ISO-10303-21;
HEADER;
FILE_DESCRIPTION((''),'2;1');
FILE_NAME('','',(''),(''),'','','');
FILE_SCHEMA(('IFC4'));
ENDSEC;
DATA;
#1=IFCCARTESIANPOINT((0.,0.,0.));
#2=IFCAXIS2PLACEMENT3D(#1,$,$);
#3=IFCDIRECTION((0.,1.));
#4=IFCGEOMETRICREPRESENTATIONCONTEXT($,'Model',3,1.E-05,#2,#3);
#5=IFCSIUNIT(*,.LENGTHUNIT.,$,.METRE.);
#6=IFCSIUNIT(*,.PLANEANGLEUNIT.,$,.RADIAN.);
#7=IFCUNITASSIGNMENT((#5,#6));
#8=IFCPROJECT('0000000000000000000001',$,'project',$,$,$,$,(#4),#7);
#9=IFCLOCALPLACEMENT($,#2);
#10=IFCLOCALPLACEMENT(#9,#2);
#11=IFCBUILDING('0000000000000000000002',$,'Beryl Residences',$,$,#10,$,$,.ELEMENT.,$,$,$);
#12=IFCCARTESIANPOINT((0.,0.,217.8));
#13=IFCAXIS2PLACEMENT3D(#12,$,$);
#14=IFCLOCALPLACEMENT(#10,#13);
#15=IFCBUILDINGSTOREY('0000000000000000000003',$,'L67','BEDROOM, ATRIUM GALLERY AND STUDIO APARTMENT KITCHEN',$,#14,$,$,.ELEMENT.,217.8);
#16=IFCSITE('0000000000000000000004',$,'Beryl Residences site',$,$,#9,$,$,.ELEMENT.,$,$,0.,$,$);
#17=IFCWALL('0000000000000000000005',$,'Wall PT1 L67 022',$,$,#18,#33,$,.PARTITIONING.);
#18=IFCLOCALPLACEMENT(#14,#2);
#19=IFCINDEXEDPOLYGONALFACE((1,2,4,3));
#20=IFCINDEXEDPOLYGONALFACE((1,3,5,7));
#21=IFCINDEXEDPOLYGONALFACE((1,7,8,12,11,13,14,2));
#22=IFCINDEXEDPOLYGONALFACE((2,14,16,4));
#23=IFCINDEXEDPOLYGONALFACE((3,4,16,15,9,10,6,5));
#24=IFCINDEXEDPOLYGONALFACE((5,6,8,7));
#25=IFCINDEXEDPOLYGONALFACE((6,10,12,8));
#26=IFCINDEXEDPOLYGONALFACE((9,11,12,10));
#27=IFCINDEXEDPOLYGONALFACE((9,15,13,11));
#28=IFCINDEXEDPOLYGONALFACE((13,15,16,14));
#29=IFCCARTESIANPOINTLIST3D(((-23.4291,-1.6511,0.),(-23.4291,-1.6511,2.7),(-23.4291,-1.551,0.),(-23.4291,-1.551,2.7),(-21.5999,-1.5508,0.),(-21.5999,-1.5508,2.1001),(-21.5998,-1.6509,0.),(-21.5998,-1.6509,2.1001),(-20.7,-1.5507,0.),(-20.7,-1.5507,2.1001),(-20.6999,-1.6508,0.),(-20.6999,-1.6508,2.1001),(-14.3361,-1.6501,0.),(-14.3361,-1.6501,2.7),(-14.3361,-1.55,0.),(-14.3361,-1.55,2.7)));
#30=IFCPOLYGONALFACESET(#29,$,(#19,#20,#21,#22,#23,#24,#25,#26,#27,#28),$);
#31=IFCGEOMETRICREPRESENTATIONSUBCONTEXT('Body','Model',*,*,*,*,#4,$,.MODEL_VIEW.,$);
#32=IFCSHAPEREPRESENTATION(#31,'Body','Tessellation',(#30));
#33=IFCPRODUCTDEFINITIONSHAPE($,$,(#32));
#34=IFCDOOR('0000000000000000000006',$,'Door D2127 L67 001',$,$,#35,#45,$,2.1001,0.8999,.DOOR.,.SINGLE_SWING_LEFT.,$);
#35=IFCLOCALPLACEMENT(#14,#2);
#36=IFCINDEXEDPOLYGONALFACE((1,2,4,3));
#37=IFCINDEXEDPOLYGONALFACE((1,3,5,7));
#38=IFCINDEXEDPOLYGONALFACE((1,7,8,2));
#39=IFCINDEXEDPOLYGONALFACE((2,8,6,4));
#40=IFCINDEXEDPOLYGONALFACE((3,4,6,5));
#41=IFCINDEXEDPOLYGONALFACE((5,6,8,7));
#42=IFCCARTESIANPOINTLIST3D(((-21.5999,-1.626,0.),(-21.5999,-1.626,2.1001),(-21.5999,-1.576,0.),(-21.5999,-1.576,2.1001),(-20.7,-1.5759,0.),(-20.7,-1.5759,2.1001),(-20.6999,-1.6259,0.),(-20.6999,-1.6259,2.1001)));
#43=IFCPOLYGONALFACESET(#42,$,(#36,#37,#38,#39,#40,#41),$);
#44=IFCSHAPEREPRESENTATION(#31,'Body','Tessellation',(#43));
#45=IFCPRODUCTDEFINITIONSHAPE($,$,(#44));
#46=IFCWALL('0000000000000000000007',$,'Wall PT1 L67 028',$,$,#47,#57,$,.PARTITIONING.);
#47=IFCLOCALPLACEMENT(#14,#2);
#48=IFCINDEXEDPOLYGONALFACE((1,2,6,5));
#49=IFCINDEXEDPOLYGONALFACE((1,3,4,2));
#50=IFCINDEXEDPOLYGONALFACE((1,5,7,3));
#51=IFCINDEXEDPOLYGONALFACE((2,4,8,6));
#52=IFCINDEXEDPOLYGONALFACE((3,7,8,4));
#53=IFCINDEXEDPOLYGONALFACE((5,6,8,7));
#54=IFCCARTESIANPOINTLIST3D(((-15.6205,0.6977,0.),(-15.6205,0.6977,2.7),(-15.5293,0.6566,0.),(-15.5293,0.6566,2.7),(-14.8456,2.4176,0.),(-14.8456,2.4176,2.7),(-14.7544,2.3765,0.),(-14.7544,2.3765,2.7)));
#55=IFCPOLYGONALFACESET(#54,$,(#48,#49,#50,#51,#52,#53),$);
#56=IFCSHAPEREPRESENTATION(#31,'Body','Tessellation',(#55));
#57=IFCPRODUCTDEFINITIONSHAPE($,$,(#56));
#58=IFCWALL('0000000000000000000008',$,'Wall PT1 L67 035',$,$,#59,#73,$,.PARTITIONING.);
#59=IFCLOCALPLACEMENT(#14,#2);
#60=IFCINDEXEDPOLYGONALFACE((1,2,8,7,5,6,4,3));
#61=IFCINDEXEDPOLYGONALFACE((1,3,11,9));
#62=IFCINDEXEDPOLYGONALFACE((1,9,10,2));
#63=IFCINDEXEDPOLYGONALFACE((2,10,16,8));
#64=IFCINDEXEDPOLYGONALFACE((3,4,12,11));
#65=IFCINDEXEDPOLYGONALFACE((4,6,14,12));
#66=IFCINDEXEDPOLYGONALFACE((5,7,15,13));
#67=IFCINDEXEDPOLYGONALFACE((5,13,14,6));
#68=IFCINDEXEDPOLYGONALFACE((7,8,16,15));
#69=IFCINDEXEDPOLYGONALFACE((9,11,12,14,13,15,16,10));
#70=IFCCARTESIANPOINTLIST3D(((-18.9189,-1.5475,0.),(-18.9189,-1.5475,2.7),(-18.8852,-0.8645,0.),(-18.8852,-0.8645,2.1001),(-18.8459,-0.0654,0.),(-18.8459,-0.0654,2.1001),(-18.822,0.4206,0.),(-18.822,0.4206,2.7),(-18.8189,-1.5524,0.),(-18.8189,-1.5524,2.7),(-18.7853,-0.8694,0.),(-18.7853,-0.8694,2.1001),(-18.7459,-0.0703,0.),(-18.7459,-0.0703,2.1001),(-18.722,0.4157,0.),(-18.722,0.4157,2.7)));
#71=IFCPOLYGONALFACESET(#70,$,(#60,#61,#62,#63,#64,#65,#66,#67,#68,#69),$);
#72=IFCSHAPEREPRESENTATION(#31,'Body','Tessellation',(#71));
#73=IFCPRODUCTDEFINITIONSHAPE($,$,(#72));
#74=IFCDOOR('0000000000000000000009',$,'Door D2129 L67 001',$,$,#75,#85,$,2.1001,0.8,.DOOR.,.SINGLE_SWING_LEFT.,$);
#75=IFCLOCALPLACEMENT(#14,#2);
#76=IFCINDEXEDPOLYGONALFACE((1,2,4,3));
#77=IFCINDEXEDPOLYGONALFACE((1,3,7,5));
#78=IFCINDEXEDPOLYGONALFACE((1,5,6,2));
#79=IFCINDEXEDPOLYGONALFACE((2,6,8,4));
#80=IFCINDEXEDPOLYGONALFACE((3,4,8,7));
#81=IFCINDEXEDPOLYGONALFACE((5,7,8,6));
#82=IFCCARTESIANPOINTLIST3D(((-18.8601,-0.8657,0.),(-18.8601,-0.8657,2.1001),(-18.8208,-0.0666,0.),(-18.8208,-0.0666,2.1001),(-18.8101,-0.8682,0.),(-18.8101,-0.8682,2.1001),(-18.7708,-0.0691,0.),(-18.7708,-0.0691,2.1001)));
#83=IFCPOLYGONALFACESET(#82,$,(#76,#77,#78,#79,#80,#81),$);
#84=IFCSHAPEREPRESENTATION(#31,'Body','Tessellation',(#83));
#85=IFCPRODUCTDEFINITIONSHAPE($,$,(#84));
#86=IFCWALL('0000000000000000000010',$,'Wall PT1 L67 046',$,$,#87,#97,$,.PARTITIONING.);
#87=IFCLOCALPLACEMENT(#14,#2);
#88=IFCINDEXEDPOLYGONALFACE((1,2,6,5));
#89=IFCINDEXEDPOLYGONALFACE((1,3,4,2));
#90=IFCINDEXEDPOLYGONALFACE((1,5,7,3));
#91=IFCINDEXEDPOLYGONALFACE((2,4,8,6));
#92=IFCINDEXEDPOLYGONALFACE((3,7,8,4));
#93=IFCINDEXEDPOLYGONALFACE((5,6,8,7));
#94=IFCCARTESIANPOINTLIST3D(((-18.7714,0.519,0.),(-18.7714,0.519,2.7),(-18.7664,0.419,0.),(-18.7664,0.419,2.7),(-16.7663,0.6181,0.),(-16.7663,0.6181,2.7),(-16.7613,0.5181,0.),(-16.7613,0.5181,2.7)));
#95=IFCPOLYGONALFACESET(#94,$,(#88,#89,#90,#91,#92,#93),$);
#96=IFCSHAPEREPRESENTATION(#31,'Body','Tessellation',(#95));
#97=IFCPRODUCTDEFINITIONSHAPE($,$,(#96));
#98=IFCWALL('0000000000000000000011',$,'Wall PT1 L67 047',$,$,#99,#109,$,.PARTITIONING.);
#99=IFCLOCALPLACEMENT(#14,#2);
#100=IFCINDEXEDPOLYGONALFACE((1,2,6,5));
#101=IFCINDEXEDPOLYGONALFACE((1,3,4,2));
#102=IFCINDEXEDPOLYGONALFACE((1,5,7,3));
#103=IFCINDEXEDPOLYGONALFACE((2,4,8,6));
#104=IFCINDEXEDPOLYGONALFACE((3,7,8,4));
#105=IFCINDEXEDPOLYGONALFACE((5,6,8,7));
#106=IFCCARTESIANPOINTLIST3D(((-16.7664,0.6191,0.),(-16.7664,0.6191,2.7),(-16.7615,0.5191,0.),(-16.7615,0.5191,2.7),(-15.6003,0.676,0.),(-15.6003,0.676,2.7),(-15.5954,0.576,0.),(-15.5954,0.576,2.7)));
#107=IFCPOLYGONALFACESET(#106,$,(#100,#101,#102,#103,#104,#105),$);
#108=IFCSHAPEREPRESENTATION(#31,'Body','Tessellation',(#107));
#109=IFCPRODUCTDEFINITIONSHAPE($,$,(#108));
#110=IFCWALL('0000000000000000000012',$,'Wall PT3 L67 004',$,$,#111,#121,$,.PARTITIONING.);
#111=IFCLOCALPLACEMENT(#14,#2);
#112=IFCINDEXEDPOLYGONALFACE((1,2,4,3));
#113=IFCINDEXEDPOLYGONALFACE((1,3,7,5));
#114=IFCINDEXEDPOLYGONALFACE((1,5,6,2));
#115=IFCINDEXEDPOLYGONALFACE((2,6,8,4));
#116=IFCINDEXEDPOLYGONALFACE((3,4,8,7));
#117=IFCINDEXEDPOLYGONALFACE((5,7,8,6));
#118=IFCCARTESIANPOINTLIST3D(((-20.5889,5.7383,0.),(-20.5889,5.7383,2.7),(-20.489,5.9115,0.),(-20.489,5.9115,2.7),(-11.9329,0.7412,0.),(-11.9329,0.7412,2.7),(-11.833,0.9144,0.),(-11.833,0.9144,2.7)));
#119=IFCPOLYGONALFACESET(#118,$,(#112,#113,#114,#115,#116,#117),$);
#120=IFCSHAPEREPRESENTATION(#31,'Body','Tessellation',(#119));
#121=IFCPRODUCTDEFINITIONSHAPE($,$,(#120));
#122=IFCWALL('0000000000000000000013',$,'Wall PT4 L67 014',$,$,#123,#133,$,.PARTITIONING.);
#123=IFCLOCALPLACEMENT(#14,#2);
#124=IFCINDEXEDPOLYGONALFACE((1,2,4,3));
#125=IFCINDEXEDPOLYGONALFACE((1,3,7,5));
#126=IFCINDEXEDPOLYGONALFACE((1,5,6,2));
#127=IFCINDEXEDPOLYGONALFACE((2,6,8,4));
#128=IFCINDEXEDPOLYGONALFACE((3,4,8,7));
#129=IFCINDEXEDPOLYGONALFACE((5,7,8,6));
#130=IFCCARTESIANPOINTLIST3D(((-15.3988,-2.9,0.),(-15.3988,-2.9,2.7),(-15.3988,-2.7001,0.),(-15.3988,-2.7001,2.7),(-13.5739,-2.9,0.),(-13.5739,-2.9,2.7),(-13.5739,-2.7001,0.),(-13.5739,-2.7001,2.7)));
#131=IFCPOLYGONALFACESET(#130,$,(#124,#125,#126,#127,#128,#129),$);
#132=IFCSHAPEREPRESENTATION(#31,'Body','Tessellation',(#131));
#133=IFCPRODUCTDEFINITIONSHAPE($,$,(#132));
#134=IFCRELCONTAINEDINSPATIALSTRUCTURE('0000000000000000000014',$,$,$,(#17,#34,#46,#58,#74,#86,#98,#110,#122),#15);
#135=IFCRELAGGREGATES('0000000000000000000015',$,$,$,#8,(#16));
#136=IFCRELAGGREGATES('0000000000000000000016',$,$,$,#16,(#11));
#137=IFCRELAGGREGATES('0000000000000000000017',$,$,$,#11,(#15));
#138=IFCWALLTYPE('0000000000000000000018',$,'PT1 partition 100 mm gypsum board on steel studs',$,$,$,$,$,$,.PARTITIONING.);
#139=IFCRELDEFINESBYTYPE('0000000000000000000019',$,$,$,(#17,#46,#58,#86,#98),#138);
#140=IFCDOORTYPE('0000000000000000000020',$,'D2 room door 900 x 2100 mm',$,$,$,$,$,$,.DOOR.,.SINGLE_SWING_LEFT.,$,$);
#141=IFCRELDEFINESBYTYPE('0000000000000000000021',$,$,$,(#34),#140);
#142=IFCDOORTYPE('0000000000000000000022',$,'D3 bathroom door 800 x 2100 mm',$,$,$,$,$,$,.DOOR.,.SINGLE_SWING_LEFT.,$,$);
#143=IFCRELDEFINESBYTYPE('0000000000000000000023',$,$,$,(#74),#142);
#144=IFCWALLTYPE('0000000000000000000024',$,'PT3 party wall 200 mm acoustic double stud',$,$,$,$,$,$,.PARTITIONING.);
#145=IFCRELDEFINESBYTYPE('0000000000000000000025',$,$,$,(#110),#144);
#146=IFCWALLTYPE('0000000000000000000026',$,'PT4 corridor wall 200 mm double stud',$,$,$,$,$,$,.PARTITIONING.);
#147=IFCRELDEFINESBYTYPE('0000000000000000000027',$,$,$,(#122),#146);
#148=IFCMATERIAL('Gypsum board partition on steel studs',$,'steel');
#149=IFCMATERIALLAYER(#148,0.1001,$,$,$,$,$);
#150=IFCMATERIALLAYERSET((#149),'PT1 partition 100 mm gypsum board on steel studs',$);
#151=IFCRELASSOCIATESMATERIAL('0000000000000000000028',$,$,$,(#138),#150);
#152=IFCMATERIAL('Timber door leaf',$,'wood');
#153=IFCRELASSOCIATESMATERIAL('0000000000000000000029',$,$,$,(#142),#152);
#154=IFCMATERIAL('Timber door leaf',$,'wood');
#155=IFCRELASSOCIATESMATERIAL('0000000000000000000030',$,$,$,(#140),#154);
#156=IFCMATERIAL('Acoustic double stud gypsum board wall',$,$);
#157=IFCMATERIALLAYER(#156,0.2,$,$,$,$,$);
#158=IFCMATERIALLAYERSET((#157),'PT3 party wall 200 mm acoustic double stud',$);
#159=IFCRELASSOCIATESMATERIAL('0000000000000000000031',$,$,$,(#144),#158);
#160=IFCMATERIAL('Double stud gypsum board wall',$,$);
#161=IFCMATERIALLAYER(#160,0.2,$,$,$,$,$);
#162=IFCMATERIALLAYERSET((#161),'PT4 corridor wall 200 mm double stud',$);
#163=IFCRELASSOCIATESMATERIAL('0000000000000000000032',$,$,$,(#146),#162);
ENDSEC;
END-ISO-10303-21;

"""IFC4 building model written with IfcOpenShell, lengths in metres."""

from ifc_helpers import new_model, si_unit, direction, frame, frame_2d, origin, place, context, subcontext, project, spatial, rectangle, extrude, material, layer, layer_set, type_object, element, fill, save


model = new_model("IFC4")

# Units and contexts
model_context = context("Model", 3, precision=1e-05, world=origin(), true_north=direction((0.0, 1.0)))
body_context = subcontext(model_context, "Body", "Model", "MODEL_VIEW")
ifc_project = project(units=[si_unit("LENGTHUNIT", "METRE"), si_unit("PLANEANGLEUNIT", "RADIAN")], contexts=[model_context])

# Site, building, storey
site_placement = place(None, origin())
site = spatial("IfcSite", under=ifc_project, at=site_placement, Name="Beryl Residences site", CompositionType="ELEMENT", RefElevation=0.0)
building_placement = place(site_placement, origin())
building = spatial("IfcBuilding", under=site, at=building_placement, Name="Beryl Residences", CompositionType="ELEMENT")
storey_placement = place(building_placement, frame((0.0, 0.0, 217.8)))
storey = spatial("IfcBuildingStorey", under=building, at=storey_placement, Name="L67", Description="BEDROOM, ATRIUM GALLERY AND STUDIO APARTMENT KITCHEN", CompositionType="ELEMENT", Elevation=217.8)

# Wall, opening, door
ifc_material_1 = material(Name="Gypsum board partition on steel studs", Category="steel")
ifc_layer_1 = layer(ifc_material_1, 0.1001)
ifc_layer_set_1 = layer_set([ifc_layer_1], Name="PT1 partition 100 mm gypsum board on steel studs")
wall_type_1 = type_object("IfcWallType", Name="PT1 partition 100 mm gypsum board on steel studs", PredefinedType="PARTITIONING", material=ifc_layer_set_1)
ifc_material_2 = material(Name="Timber door leaf", Category="wood")
door_type_1 = type_object("IfcDoorType", Name="D3 bathroom door 800 x 2100 mm", OperationType="SINGLE_SWING_LEFT", PredefinedType="DOOR", material=ifc_material_2)
ifc_material_3 = material(Name="Timber door leaf", Category="wood")
door_type_2 = type_object("IfcDoorType", Name="D2 room door 900 x 2100 mm", OperationType="SINGLE_SWING_LEFT", PredefinedType="DOOR", material=ifc_material_3)
wall_1_placement = place(storey_placement, frame((-23.429, -1.6011, 0.0), z_axis=(0.0, 0.0, 1.0), x_axis=(1.0, 0.000107, 0.0)))
wall_1 = element("IfcWall", 1, at=wall_1_placement, inside=storey, type_object=wall_type_1, Name="Wall PT1 L67 022", PredefinedType="PARTITIONING", context=body_context, shape_type="SweptSolid", body=[
    extrude(rectangle(XDim=9.093, YDim=0.1001, at=frame_2d((4.5464, 0.0))), origin(), (0.0, 0.0, 1.0), 2.7),
])
opening_1_placement = place(wall_1_placement, frame((1.8291, 0.0, 0.0)))
opening_1 = element("IfcOpeningElement", 2, at=opening_1_placement, cuts=wall_1, PredefinedType="OPENING", context=body_context, shape_type="SweptSolid", body=[
    extrude(rectangle(XDim=0.8999, YDim=2.1001, at=frame_2d((0.45, 1.05))), frame((0.0, 0.0601, 0.0), z_axis=(0.0, -1.0, 0.0), x_axis=(1.0, 0.0, 0.0)), (0.0, 0.0, 1.0), 0.1201),
])
door_1_placement = place(opening_1_placement, origin())
door_1 = element("IfcDoor", 3, at=door_1_placement, inside=storey, type_object=door_type_2, Name="Door D2127 L67 001", OperationType="SINGLE_SWING_LEFT", OverallHeight=2.1001, OverallWidth=0.8999, PredefinedType="DOOR", context=body_context, shape_type="SweptSolid", body=[
    extrude(rectangle(XDim=0.8999, YDim=2.1001, at=frame_2d((0.45, 1.05))), frame((0.0, 0.0249, 0.0), z_axis=(0.0, -1.0, 0.0), x_axis=(1.0, 0.0, 0.0)), (0.0, 0.0, 1.0), 0.05),
])
fill(opening_1, door_1)

# Wall
wall_2_placement = place(storey_placement, frame((-15.575, 0.677, 0.0), z_axis=(0.0, 0.0, 1.0), x_axis=(0.410768, 0.91174, 0.0)))
element("IfcWall", 4, at=wall_2_placement, inside=storey, type_object=wall_type_1, Name="Wall PT1 L67 028", PredefinedType="PARTITIONING", context=body_context, shape_type="SweptSolid", body=[
    extrude(rectangle(XDim=1.8865, YDim=0.1001, at=frame_2d((0.9434, 0.0))), origin(), (0.0, 0.0, 1.0), 2.7),
])

# Wall, opening, door
wall_3_placement = place(storey_placement, frame((-18.8689, -1.55, 0.0), z_axis=(0.0, 0.0, 1.0), x_axis=(0.04919, 0.998789, 0.0)))
wall_3 = element("IfcWall", 5, at=wall_3_placement, inside=storey, type_object=wall_type_1, Name="Wall PT1 L67 035", PredefinedType="PARTITIONING", context=body_context, shape_type="SweptSolid", body=[
    extrude(rectangle(XDim=1.9705, YDim=0.1001, at=frame_2d((0.9854, 0.0))), origin(), (0.0, 0.0, 1.0), 2.7),
])
opening_2_placement = place(wall_3_placement, frame((0.6841, 0.0, 0.0)))
opening_2 = element("IfcOpeningElement", 6, at=opening_2_placement, cuts=wall_3, PredefinedType="OPENING", context=body_context, shape_type="SweptSolid", body=[
    extrude(rectangle(XDim=0.8, YDim=2.1001, at=frame_2d((0.3999, 1.05))), frame((0.0, 0.0601, 0.0), z_axis=(0.0, -1.0, 0.0), x_axis=(1.0, 0.0, 0.0)), (0.0, 0.0, 1.0), 0.1201),
])
door_2_placement = place(opening_2_placement, origin())
door_2 = element("IfcDoor", 7, at=door_2_placement, inside=storey, type_object=door_type_1, Name="Door D2129 L67 001", OperationType="SINGLE_SWING_LEFT", OverallHeight=2.1001, OverallWidth=0.8, PredefinedType="DOOR", context=body_context, shape_type="SweptSolid", body=[
    extrude(rectangle(XDim=0.8, YDim=2.1001, at=frame_2d((0.3999, 1.05))), frame((0.0, 0.0249, 0.0), z_axis=(0.0, -1.0, 0.0), x_axis=(1.0, 0.0, 0.0)), (0.0, 0.0, 1.0), 0.05),
])
fill(opening_2, door_2)

# Walls
wall_4_placement = place(storey_placement, frame((-18.769, 0.469, 0.0), z_axis=(0.0, 0.0, 1.0), x_axis=(0.99878, 0.049374, 0.0)))
element("IfcWall", 8, at=wall_4_placement, inside=storey, type_object=wall_type_1, Name="Wall PT1 L67 046", PredefinedType="PARTITIONING", context=body_context, shape_type="SweptSolid", body=[
    extrude(rectangle(XDim=2.0076, YDim=0.1001, at=frame_2d((1.0039, 0.0))), origin(), (0.0, 0.0, 1.0), 2.7),
])
wall_5_placement = place(storey_placement, frame((-16.7639, 0.5691, 0.0), z_axis=(0.0, 0.0, 1.0), x_axis=(0.998812, 0.048728, 0.0)))
element("IfcWall", 9, at=wall_5_placement, inside=storey, type_object=wall_type_1, Name="Wall PT1 L67 047", PredefinedType="PARTITIONING", context=body_context, shape_type="SweptSolid", body=[
    extrude(rectangle(XDim=1.1675, YDim=0.1001, at=frame_2d((0.5837, 0.0))), origin(), (0.0, 0.0, 1.0), 2.7),
])
ifc_material_4 = material(Name="Acoustic double stud gypsum board wall")
ifc_layer_2 = layer(ifc_material_4, 0.2)
ifc_layer_set_2 = layer_set([ifc_layer_2], Name="PT3 party wall 200 mm acoustic double stud")
wall_type_2 = type_object("IfcWallType", Name="PT3 party wall 200 mm acoustic double stud", PredefinedType="PARTITIONING", material=ifc_layer_set_2)
wall_6_placement = place(storey_placement, frame((-20.5391, 5.825, 0.0), z_axis=(0.0, 0.0, 1.0), x_axis=(0.866046, -0.499964, 0.0)))
element("IfcWall", 10, at=wall_6_placement, inside=storey, type_object=wall_type_2, Name="Wall PT3 L67 004", PredefinedType="PARTITIONING", context=body_context, shape_type="SweptSolid", body=[
    extrude(rectangle(XDim=9.9949, YDim=0.2, at=frame_2d((4.9976, 0.0))), origin(), (0.0, 0.0, 1.0), 2.7),
])
ifc_material_5 = material(Name="Double stud gypsum board wall")
ifc_layer_3 = layer(ifc_material_5, 0.2)
ifc_layer_set_3 = layer_set([ifc_layer_3], Name="PT4 corridor wall 200 mm double stud")
wall_type_3 = type_object("IfcWallType", Name="PT4 corridor wall 200 mm double stud", PredefinedType="PARTITIONING", material=ifc_layer_set_3)
wall_7_placement = place(storey_placement, frame((-15.3989, -2.8, 0.0), z_axis=(0.0, 0.0, 1.0), x_axis=(1.0, 0.0, 0.0)))
element("IfcWall", 11, at=wall_7_placement, inside=storey, type_object=wall_type_3, Name="Wall PT4 L67 014", PredefinedType="PARTITIONING", context=body_context, shape_type="SweptSolid", body=[
    extrude(rectangle(XDim=1.825, YDim=0.2, at=frame_2d((0.9126, 0.0))), origin(), (0.0, 0.0, 1.0), 2.7),
])

save(model, "model.ifc")
